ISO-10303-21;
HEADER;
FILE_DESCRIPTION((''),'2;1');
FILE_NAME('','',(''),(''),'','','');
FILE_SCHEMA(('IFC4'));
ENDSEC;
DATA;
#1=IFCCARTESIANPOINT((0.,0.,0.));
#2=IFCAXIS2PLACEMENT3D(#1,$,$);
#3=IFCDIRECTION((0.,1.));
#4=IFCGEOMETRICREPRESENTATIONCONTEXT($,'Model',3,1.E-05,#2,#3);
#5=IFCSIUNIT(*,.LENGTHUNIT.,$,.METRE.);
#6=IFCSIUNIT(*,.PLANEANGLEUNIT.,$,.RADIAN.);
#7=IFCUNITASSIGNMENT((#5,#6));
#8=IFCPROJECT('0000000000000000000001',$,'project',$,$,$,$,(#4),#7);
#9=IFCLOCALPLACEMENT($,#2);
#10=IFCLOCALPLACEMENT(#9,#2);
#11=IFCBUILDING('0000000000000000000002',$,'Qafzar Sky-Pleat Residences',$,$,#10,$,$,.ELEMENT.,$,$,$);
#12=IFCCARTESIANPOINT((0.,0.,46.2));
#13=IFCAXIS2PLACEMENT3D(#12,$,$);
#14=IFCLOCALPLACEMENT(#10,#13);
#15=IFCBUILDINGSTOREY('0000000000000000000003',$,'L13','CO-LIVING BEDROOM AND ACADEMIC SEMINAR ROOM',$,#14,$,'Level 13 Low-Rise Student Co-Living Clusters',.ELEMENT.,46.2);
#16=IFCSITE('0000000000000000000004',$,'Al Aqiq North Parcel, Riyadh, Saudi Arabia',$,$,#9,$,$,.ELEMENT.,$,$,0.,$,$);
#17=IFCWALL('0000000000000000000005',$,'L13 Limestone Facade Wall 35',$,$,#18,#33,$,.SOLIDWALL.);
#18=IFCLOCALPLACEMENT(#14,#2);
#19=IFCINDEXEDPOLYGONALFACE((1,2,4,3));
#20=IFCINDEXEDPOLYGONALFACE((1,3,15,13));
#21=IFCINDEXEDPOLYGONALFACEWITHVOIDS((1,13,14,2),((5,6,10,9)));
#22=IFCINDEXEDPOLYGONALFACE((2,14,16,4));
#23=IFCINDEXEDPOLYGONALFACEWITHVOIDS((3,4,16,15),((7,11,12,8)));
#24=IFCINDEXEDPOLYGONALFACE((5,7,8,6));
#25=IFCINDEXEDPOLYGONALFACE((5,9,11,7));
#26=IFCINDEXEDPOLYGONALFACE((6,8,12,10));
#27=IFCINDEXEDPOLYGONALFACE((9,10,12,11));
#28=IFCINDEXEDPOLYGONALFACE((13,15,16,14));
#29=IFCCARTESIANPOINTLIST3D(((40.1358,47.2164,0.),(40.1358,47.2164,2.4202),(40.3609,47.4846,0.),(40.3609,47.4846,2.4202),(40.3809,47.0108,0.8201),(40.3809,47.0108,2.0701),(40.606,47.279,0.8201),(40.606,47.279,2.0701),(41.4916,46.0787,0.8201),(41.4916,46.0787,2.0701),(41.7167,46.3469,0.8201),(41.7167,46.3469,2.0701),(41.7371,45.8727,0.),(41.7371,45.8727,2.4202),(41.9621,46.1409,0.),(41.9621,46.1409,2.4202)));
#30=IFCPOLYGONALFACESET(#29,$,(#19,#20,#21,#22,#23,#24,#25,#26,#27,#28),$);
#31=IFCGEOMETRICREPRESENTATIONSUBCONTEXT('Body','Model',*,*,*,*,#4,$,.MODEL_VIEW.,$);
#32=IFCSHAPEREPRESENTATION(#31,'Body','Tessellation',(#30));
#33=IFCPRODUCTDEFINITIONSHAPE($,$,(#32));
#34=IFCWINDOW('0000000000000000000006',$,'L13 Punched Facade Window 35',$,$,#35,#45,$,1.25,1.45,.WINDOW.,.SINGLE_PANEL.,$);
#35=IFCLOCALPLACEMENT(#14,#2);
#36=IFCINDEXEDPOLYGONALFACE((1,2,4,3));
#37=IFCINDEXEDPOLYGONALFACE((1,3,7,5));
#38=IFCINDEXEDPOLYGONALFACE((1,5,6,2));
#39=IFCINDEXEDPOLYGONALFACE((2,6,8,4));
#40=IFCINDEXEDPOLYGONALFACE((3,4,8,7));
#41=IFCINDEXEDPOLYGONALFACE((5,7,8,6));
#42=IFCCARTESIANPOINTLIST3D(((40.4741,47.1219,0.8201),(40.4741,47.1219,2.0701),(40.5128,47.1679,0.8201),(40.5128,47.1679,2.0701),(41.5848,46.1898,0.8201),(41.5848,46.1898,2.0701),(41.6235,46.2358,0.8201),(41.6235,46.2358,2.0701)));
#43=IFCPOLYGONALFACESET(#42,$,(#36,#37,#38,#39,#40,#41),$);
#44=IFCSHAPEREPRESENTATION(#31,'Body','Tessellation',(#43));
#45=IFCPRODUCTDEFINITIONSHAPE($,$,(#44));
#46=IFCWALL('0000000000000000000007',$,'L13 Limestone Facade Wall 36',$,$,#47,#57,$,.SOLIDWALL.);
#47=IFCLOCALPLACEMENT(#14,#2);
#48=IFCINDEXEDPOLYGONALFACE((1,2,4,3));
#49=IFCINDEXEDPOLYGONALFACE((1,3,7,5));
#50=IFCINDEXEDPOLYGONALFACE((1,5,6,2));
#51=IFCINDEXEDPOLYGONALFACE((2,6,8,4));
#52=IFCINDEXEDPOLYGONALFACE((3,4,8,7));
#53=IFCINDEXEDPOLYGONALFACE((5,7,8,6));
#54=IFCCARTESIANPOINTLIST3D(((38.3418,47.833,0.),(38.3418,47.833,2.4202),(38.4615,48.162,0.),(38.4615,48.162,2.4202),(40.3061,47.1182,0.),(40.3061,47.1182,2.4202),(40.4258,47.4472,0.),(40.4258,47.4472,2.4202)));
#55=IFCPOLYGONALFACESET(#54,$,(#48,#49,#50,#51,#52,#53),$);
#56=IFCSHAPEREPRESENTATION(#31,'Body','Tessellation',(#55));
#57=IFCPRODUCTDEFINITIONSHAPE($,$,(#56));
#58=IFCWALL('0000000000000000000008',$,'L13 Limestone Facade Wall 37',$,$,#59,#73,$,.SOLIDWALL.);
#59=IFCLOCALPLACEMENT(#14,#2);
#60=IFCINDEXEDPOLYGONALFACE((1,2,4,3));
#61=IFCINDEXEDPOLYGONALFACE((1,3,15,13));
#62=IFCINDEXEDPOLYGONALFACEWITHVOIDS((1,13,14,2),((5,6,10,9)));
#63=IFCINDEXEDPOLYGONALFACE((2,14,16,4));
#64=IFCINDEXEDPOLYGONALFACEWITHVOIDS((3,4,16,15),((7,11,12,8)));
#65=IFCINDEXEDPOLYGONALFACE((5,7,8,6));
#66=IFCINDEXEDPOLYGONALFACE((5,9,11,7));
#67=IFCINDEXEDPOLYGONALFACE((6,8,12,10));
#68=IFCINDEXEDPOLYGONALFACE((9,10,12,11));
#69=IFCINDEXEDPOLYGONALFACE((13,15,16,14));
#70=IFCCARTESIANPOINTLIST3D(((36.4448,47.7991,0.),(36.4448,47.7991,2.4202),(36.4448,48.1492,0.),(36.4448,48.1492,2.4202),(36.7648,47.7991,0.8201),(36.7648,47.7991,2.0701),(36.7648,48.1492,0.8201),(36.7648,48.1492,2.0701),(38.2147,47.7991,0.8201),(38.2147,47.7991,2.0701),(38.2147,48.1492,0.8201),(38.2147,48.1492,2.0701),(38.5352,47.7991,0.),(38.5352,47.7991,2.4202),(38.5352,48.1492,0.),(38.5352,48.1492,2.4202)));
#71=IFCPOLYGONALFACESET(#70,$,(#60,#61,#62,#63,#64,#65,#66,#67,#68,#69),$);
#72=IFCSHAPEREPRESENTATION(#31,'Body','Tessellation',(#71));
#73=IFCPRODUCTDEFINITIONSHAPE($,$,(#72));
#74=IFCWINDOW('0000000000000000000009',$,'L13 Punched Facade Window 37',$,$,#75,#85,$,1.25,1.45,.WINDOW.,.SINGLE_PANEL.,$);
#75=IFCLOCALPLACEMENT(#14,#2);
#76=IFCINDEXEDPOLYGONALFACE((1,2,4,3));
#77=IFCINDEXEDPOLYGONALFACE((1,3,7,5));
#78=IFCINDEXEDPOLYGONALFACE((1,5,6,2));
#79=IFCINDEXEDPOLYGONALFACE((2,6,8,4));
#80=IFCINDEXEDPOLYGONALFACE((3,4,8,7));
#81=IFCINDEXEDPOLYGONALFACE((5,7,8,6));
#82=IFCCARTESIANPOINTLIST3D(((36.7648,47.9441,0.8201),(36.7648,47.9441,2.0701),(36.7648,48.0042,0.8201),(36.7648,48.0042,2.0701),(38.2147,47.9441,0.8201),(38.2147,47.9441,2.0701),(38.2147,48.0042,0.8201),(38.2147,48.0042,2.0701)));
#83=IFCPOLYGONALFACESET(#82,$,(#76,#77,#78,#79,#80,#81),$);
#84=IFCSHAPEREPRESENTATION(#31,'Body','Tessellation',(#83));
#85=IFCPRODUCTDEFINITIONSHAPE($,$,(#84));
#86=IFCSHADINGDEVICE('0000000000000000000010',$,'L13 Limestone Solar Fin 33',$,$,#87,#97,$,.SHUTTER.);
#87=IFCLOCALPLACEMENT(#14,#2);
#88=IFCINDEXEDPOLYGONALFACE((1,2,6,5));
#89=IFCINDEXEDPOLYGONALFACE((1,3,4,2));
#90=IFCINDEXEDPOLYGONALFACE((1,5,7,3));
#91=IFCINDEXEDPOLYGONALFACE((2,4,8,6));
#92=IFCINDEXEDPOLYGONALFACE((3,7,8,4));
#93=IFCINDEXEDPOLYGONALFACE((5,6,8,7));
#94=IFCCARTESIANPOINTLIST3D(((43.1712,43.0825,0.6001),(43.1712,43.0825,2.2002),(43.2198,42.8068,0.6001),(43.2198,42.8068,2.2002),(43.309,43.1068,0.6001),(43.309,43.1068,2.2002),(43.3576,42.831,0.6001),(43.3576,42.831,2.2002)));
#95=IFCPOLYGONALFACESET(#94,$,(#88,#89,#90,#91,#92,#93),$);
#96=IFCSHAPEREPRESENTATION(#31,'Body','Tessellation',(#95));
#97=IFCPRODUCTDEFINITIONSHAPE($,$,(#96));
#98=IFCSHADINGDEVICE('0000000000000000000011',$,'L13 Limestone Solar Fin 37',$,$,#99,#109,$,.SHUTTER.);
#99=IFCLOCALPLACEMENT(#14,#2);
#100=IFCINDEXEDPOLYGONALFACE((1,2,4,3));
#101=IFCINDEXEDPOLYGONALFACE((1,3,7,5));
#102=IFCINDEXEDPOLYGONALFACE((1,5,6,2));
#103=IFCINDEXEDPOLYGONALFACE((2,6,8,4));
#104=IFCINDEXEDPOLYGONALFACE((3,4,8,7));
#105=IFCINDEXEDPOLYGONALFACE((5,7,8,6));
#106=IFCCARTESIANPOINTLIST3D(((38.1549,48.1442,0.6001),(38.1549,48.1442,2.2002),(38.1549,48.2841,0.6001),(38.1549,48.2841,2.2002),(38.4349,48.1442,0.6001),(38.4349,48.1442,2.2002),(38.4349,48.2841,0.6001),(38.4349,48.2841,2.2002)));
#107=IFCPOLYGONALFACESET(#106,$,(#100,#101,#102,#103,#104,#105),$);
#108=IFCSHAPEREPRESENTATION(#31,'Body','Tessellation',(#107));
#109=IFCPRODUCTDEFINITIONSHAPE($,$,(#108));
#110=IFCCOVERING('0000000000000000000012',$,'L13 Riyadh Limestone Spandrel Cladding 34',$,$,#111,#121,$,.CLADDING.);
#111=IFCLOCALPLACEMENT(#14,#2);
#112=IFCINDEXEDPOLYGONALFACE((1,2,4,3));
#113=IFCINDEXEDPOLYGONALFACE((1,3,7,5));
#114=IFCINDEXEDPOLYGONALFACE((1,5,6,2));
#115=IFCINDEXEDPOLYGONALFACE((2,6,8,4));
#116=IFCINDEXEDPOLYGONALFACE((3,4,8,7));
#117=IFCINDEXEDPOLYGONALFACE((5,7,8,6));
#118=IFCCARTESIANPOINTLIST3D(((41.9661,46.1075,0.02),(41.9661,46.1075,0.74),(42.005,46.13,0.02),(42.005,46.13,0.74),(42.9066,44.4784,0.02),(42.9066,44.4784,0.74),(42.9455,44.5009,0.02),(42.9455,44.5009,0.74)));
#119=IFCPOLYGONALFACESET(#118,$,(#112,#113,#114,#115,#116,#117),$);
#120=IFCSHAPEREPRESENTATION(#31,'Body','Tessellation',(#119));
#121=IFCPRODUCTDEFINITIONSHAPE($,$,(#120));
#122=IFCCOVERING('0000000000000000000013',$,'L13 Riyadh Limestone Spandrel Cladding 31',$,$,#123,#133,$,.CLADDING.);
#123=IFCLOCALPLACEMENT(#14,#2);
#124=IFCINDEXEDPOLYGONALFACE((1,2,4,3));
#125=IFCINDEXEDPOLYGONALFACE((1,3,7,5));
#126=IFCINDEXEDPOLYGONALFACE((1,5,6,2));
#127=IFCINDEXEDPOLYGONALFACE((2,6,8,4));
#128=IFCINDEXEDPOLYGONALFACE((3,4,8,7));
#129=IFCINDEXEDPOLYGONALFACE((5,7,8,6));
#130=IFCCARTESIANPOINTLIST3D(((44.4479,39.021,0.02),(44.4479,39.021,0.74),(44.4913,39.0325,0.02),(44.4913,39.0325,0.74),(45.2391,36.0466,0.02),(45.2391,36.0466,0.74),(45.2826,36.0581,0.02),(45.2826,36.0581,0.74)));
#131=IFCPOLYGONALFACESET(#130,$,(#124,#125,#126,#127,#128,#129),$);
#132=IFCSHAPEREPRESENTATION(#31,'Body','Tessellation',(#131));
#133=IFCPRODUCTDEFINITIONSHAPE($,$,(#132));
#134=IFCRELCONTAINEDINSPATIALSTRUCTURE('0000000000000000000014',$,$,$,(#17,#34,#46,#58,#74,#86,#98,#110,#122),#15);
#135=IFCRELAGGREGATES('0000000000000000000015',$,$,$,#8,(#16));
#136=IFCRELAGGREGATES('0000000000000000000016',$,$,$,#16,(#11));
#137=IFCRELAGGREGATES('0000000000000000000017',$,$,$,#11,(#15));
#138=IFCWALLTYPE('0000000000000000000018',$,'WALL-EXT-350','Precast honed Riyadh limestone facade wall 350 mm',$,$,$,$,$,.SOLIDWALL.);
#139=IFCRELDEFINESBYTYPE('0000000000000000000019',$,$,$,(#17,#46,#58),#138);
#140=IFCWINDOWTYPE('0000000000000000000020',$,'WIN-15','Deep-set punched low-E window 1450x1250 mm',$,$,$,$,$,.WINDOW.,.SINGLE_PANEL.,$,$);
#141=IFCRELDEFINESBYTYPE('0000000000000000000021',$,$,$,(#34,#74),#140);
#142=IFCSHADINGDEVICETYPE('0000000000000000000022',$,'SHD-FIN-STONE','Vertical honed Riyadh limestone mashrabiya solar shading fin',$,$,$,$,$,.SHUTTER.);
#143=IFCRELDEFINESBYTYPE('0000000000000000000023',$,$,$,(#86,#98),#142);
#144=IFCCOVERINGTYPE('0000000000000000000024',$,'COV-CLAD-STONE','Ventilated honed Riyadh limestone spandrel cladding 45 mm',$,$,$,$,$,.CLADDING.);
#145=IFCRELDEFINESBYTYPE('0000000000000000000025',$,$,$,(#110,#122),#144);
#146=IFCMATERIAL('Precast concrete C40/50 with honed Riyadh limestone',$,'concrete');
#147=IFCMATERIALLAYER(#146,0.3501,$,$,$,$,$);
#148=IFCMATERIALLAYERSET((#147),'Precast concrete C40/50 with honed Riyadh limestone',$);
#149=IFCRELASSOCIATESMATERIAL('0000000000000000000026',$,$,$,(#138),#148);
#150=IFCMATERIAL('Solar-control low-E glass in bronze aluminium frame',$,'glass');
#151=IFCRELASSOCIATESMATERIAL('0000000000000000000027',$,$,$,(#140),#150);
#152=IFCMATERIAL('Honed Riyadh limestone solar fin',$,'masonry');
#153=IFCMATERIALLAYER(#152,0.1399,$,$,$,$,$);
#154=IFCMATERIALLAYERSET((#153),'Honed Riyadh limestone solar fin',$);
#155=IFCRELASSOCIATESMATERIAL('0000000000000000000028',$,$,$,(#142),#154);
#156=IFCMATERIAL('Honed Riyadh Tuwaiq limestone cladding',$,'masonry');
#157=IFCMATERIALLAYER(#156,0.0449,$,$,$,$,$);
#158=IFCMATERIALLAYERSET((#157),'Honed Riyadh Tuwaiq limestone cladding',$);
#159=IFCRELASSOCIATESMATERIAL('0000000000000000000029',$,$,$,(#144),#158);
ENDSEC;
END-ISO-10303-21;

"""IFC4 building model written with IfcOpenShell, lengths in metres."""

from ifc_helpers import new_model, si_unit, direction, frame, frame_2d, origin, origin_2d, place, context, subcontext, project, spatial, rectangle, extrude, source, transform, mapped, material, layer, layer_set, type_object, element, fill, save


model = new_model("IFC4")

# Units and contexts
model_context = context("Model", 3, precision=1e-05, world=origin(), true_north=direction((0.0, 1.0)))
body_context = subcontext(model_context, "Body", "Model", "MODEL_VIEW")
ifc_project = project(units=[si_unit("LENGTHUNIT", "METRE"), si_unit("PLANEANGLEUNIT", "RADIAN")], contexts=[model_context])

# Site, building, storey
site_placement = place(None, origin())
site = spatial("IfcSite", under=ifc_project, at=site_placement, Name="Al Aqiq North Parcel, Riyadh, Saudi Arabia", CompositionType="ELEMENT", RefElevation=0.0)
building_placement = place(site_placement, origin())
building = spatial("IfcBuilding", under=site, at=building_placement, Name="Qafzar Sky-Pleat Residences", CompositionType="ELEMENT")
storey_placement = place(building_placement, frame((0.0, 0.0, 46.2)))
storey = spatial("IfcBuildingStorey", under=building, at=storey_placement, Name="L13", Description="CO-LIVING BEDROOM AND ACADEMIC SEMINAR ROOM", LongName="Level 13 Low-Rise Student Co-Living Clusters", CompositionType="ELEMENT", Elevation=46.2)

# Wall, opening, window
ifc_material_1 = material(Name="Precast concrete C40/50 with honed Riyadh limestone", Category="concrete")
ifc_layer_1 = layer(ifc_material_1, 0.3501)
ifc_layer_set_1 = layer_set([ifc_layer_1], Name="Precast concrete C40/50 with honed Riyadh limestone")
wall_type_1 = type_object("IfcWallType", Name="WALL-EXT-350", Description="Precast honed Riyadh limestone facade wall 350 mm", PredefinedType="SOLIDWALL", material=ifc_layer_set_1)
ifc_material_2 = material(Name="Solar-control low-E glass in bronze aluminium frame", Category="glass")
wall_1_placement = place(storey_placement, frame((41.8496, 46.0068, 0.0), z_axis=(0.0, 0.0, 1.0), x_axis=(-0.766025, 0.642811, 0.0)))
wall_1 = element("IfcWall", 1, at=wall_1_placement, inside=storey, type_object=wall_type_1, Name="L13 Limestone Facade Wall 35", PredefinedType="SOLIDWALL", context=body_context, shape_type="SweptSolid", body=[
    extrude(rectangle(XDim=2.0903, YDim=0.3501, at=frame_2d((1.0452, 0.0))), origin(), (0.0, 0.0, 1.0), 2.4202),
])
opening_1_placement = place(wall_1_placement, frame((0.3203, 0.0, 0.8201)))
opening_1 = element("IfcOpeningElement", 2, at=opening_1_placement, cuts=wall_1, PredefinedType="OPENING", context=body_context, shape_type="SweptSolid", body=[
    extrude(rectangle(XDim=1.45, YDim=1.25, at=frame_2d((0.7251, 0.625))), frame((0.0, 0.1851, 0.0), z_axis=(0.0, -1.0, 0.0), x_axis=(1.0, 0.0, 0.0)), (0.0, 0.0, 1.0), 0.3701),
])
window_type_1 = type_object("IfcWindowType", Name="WIN-15", Description="Deep-set punched low-E window 1450x1250 mm", PartitioningType="SINGLE_PANEL", PredefinedType="WINDOW", material=ifc_material_2)
shared_shape_1 = source(origin(), body_context, "Body", "SweptSolid", [
    extrude(rectangle(XDim=1.45, YDim=1.25, at=frame_2d((0.7251, 0.625))), frame((0.0, 0.03, 0.0), z_axis=(0.0, -1.0, 0.0), x_axis=(1.0, 0.0, 0.0)), (0.0, 0.0, 1.0), 0.0601),
])
window_1_placement = place(opening_1_placement, origin())
window_1 = element("IfcWindow", 3, at=window_1_placement, inside=storey, type_object=window_type_1, Name="L13 Punched Facade Window 35", OverallHeight=1.25, OverallWidth=1.45, PartitioningType="SINGLE_PANEL", PredefinedType="WINDOW", context=body_context, shape_type="MappedRepresentation", body=[
    mapped(shared_shape_1, transform((0.0, 0.0, 0.0), x_axis=(1.0, 0.0, 0.0), y_axis=(0.0, 1.0, 0.0), z_axis=(0.0, 0.0, 1.0), scale=1.0)),
])
fill(opening_1, window_1)

# Wall
wall_2_placement = place(storey_placement, frame((40.366, 47.2827, 0.0), z_axis=(0.0, 0.0, 1.0), x_axis=(-0.939712, 0.341968, 0.0)))
element("IfcWall", 4, at=wall_2_placement, inside=storey, type_object=wall_type_1, Name="L13 Limestone Facade Wall 36", PredefinedType="SOLIDWALL", context=body_context, shape_type="SweptSolid", body=[
    extrude(rectangle(XDim=2.0903, YDim=0.3501, at=frame_2d((1.0452, 0.0))), origin(), (0.0, 0.0, 1.0), 2.4202),
])

# Wall, opening, window
wall_3_placement = place(storey_placement, frame((38.5352, 47.9741, 0.0), z_axis=(0.0, 0.0, 1.0), x_axis=(-1.0, 0.0, 0.0)))
wall_3 = element("IfcWall", 5, at=wall_3_placement, inside=storey, type_object=wall_type_1, Name="L13 Limestone Facade Wall 37", PredefinedType="SOLIDWALL", context=body_context, shape_type="SweptSolid", body=[
    extrude(rectangle(XDim=2.0903, YDim=0.3501, at=frame_2d((1.0452, 0.0))), origin(), (0.0, 0.0, 1.0), 2.4202),
])
opening_2_placement = place(wall_3_placement, frame((0.3203, 0.0, 0.8201)))
opening_2 = element("IfcOpeningElement", 6, at=opening_2_placement, cuts=wall_3, PredefinedType="OPENING", context=body_context, shape_type="SweptSolid", body=[
    extrude(rectangle(XDim=1.45, YDim=1.25, at=frame_2d((0.7251, 0.625))), frame((0.0, 0.1851, 0.0), z_axis=(0.0, -1.0, 0.0), x_axis=(1.0, 0.0, 0.0)), (0.0, 0.0, 1.0), 0.3701),
])
window_2_placement = place(opening_2_placement, origin())
window_2 = element("IfcWindow", 7, at=window_2_placement, inside=storey, type_object=window_type_1, Name="L13 Punched Facade Window 37", OverallHeight=1.25, OverallWidth=1.45, PartitioningType="SINGLE_PANEL", PredefinedType="WINDOW", context=body_context, shape_type="MappedRepresentation", body=[
    mapped(shared_shape_1, transform((0.0, 0.0, 0.0), x_axis=(1.0, 0.0, 0.0), y_axis=(0.0, 1.0, 0.0), z_axis=(0.0, 0.0, 1.0), scale=1.0)),
])
fill(opening_2, window_2)

# Shading devices
ifc_material_3 = material(Name="Honed Riyadh limestone solar fin", Category="masonry")
ifc_layer_2 = layer(ifc_material_3, 0.1399)
ifc_layer_set_2 = layer_set([ifc_layer_2], Name="Honed Riyadh limestone solar fin")
shading_device_type = type_object("IfcShadingDeviceType", Name="SHD-FIN-STONE", Description="Vertical honed Riyadh limestone mashrabiya solar shading fin", PredefinedType="SHUTTER", material=ifc_layer_set_2)
shared_shape_2 = source(origin(), body_context, "Body", "SweptSolid", [
    extrude(rectangle(XDim=0.1399, YDim=0.28, at=origin_2d()), origin(), (0.0, 0.0, 1.0), 1.6001),
])
for number, where, z_axis, x_axis, name in (
    (8, (43.2644, 42.9568, 0.6001), (0.0, 0.0, 1.0), (0.984806, 0.173658, 0.0), "L13 Limestone Solar Fin 33"),
    (9, (38.2949, 48.2141, 0.6001), (0.0, 0.0, 1.0), (0.0, 1.0, 0.0), "L13 Limestone Solar Fin 37"),
):
    element("IfcShadingDevice", number, at=place(storey_placement, frame(where, z_axis=z_axis, x_axis=x_axis)), inside=storey, type_object=shading_device_type, Name=name, PredefinedType="SHUTTER", context=body_context, shape_type="MappedRepresentation", body=[
        mapped(shared_shape_2, transform((0.0, 0.0, 0.0), x_axis=(1.0, 0.0, 0.0), y_axis=(0.0, 1.0, 0.0), z_axis=(0.0, 0.0, 1.0), scale=1.0)),
    ])

# Coverings
ifc_material_4 = material(Name="Honed Riyadh Tuwaiq limestone cladding", Category="masonry")
ifc_layer_3 = layer(ifc_material_4, 0.0449)
ifc_layer_set_3 = layer_set([ifc_layer_3], Name="Honed Riyadh Tuwaiq limestone cladding")
covering_type = type_object("IfcCoveringType", Name="COV-CLAD-STONE", Description="Ventilated honed Riyadh limestone spandrel cladding 45 mm", PredefinedType="CLADDING", material=ifc_layer_set_3)
shared_shape_3 = source(origin(), body_context, "Body", "SweptSolid", [
    extrude(rectangle(XDim=1.8811, YDim=0.0449, at=origin_2d()), origin(), (0.0, 0.0, 1.0), 0.72),
])
covering_1_placement = place(storey_placement, frame((42.4558, 45.3042, 0.02), z_axis=(0.0, 0.0, 1.0), x_axis=(-0.499993, 0.866029, 0.0)))
element("IfcCovering", 10, at=covering_1_placement, inside=storey, type_object=covering_type, Name="L13 Riyadh Limestone Spandrel Cladding 34", PredefinedType="CLADDING", context=body_context, shape_type="MappedRepresentation", body=[
    mapped(shared_shape_3, transform((0.0, 0.0, 0.0), x_axis=(1.0, 0.0, 0.0), y_axis=(0.0, 1.0, 0.0), z_axis=(0.0, 0.0, 1.0), scale=1.0)),
])
shared_shape_4 = source(origin(), body_context, "Body", "SweptSolid", [
    extrude(rectangle(XDim=3.0779, YDim=0.0449, at=origin_2d()), origin(), (0.0, 0.0, 1.0), 0.72),
])
covering_2_placement = place(storey_placement, frame((44.8652, 37.5396, 0.02), z_axis=(0.0, 0.0, 1.0), x_axis=(-0.257067, 0.966393, 0.0)))
element("IfcCovering", 11, at=covering_2_placement, inside=storey, type_object=covering_type, Name="L13 Riyadh Limestone Spandrel Cladding 31", PredefinedType="CLADDING", context=body_context, shape_type="MappedRepresentation", body=[
    mapped(shared_shape_4, transform((0.0, 0.0, 0.0), x_axis=(1.0, 0.0, 0.0), y_axis=(0.0, 1.0, 0.0), z_axis=(0.0, 0.0, 1.0), scale=1.0)),
])

save(model, "model.ifc")
